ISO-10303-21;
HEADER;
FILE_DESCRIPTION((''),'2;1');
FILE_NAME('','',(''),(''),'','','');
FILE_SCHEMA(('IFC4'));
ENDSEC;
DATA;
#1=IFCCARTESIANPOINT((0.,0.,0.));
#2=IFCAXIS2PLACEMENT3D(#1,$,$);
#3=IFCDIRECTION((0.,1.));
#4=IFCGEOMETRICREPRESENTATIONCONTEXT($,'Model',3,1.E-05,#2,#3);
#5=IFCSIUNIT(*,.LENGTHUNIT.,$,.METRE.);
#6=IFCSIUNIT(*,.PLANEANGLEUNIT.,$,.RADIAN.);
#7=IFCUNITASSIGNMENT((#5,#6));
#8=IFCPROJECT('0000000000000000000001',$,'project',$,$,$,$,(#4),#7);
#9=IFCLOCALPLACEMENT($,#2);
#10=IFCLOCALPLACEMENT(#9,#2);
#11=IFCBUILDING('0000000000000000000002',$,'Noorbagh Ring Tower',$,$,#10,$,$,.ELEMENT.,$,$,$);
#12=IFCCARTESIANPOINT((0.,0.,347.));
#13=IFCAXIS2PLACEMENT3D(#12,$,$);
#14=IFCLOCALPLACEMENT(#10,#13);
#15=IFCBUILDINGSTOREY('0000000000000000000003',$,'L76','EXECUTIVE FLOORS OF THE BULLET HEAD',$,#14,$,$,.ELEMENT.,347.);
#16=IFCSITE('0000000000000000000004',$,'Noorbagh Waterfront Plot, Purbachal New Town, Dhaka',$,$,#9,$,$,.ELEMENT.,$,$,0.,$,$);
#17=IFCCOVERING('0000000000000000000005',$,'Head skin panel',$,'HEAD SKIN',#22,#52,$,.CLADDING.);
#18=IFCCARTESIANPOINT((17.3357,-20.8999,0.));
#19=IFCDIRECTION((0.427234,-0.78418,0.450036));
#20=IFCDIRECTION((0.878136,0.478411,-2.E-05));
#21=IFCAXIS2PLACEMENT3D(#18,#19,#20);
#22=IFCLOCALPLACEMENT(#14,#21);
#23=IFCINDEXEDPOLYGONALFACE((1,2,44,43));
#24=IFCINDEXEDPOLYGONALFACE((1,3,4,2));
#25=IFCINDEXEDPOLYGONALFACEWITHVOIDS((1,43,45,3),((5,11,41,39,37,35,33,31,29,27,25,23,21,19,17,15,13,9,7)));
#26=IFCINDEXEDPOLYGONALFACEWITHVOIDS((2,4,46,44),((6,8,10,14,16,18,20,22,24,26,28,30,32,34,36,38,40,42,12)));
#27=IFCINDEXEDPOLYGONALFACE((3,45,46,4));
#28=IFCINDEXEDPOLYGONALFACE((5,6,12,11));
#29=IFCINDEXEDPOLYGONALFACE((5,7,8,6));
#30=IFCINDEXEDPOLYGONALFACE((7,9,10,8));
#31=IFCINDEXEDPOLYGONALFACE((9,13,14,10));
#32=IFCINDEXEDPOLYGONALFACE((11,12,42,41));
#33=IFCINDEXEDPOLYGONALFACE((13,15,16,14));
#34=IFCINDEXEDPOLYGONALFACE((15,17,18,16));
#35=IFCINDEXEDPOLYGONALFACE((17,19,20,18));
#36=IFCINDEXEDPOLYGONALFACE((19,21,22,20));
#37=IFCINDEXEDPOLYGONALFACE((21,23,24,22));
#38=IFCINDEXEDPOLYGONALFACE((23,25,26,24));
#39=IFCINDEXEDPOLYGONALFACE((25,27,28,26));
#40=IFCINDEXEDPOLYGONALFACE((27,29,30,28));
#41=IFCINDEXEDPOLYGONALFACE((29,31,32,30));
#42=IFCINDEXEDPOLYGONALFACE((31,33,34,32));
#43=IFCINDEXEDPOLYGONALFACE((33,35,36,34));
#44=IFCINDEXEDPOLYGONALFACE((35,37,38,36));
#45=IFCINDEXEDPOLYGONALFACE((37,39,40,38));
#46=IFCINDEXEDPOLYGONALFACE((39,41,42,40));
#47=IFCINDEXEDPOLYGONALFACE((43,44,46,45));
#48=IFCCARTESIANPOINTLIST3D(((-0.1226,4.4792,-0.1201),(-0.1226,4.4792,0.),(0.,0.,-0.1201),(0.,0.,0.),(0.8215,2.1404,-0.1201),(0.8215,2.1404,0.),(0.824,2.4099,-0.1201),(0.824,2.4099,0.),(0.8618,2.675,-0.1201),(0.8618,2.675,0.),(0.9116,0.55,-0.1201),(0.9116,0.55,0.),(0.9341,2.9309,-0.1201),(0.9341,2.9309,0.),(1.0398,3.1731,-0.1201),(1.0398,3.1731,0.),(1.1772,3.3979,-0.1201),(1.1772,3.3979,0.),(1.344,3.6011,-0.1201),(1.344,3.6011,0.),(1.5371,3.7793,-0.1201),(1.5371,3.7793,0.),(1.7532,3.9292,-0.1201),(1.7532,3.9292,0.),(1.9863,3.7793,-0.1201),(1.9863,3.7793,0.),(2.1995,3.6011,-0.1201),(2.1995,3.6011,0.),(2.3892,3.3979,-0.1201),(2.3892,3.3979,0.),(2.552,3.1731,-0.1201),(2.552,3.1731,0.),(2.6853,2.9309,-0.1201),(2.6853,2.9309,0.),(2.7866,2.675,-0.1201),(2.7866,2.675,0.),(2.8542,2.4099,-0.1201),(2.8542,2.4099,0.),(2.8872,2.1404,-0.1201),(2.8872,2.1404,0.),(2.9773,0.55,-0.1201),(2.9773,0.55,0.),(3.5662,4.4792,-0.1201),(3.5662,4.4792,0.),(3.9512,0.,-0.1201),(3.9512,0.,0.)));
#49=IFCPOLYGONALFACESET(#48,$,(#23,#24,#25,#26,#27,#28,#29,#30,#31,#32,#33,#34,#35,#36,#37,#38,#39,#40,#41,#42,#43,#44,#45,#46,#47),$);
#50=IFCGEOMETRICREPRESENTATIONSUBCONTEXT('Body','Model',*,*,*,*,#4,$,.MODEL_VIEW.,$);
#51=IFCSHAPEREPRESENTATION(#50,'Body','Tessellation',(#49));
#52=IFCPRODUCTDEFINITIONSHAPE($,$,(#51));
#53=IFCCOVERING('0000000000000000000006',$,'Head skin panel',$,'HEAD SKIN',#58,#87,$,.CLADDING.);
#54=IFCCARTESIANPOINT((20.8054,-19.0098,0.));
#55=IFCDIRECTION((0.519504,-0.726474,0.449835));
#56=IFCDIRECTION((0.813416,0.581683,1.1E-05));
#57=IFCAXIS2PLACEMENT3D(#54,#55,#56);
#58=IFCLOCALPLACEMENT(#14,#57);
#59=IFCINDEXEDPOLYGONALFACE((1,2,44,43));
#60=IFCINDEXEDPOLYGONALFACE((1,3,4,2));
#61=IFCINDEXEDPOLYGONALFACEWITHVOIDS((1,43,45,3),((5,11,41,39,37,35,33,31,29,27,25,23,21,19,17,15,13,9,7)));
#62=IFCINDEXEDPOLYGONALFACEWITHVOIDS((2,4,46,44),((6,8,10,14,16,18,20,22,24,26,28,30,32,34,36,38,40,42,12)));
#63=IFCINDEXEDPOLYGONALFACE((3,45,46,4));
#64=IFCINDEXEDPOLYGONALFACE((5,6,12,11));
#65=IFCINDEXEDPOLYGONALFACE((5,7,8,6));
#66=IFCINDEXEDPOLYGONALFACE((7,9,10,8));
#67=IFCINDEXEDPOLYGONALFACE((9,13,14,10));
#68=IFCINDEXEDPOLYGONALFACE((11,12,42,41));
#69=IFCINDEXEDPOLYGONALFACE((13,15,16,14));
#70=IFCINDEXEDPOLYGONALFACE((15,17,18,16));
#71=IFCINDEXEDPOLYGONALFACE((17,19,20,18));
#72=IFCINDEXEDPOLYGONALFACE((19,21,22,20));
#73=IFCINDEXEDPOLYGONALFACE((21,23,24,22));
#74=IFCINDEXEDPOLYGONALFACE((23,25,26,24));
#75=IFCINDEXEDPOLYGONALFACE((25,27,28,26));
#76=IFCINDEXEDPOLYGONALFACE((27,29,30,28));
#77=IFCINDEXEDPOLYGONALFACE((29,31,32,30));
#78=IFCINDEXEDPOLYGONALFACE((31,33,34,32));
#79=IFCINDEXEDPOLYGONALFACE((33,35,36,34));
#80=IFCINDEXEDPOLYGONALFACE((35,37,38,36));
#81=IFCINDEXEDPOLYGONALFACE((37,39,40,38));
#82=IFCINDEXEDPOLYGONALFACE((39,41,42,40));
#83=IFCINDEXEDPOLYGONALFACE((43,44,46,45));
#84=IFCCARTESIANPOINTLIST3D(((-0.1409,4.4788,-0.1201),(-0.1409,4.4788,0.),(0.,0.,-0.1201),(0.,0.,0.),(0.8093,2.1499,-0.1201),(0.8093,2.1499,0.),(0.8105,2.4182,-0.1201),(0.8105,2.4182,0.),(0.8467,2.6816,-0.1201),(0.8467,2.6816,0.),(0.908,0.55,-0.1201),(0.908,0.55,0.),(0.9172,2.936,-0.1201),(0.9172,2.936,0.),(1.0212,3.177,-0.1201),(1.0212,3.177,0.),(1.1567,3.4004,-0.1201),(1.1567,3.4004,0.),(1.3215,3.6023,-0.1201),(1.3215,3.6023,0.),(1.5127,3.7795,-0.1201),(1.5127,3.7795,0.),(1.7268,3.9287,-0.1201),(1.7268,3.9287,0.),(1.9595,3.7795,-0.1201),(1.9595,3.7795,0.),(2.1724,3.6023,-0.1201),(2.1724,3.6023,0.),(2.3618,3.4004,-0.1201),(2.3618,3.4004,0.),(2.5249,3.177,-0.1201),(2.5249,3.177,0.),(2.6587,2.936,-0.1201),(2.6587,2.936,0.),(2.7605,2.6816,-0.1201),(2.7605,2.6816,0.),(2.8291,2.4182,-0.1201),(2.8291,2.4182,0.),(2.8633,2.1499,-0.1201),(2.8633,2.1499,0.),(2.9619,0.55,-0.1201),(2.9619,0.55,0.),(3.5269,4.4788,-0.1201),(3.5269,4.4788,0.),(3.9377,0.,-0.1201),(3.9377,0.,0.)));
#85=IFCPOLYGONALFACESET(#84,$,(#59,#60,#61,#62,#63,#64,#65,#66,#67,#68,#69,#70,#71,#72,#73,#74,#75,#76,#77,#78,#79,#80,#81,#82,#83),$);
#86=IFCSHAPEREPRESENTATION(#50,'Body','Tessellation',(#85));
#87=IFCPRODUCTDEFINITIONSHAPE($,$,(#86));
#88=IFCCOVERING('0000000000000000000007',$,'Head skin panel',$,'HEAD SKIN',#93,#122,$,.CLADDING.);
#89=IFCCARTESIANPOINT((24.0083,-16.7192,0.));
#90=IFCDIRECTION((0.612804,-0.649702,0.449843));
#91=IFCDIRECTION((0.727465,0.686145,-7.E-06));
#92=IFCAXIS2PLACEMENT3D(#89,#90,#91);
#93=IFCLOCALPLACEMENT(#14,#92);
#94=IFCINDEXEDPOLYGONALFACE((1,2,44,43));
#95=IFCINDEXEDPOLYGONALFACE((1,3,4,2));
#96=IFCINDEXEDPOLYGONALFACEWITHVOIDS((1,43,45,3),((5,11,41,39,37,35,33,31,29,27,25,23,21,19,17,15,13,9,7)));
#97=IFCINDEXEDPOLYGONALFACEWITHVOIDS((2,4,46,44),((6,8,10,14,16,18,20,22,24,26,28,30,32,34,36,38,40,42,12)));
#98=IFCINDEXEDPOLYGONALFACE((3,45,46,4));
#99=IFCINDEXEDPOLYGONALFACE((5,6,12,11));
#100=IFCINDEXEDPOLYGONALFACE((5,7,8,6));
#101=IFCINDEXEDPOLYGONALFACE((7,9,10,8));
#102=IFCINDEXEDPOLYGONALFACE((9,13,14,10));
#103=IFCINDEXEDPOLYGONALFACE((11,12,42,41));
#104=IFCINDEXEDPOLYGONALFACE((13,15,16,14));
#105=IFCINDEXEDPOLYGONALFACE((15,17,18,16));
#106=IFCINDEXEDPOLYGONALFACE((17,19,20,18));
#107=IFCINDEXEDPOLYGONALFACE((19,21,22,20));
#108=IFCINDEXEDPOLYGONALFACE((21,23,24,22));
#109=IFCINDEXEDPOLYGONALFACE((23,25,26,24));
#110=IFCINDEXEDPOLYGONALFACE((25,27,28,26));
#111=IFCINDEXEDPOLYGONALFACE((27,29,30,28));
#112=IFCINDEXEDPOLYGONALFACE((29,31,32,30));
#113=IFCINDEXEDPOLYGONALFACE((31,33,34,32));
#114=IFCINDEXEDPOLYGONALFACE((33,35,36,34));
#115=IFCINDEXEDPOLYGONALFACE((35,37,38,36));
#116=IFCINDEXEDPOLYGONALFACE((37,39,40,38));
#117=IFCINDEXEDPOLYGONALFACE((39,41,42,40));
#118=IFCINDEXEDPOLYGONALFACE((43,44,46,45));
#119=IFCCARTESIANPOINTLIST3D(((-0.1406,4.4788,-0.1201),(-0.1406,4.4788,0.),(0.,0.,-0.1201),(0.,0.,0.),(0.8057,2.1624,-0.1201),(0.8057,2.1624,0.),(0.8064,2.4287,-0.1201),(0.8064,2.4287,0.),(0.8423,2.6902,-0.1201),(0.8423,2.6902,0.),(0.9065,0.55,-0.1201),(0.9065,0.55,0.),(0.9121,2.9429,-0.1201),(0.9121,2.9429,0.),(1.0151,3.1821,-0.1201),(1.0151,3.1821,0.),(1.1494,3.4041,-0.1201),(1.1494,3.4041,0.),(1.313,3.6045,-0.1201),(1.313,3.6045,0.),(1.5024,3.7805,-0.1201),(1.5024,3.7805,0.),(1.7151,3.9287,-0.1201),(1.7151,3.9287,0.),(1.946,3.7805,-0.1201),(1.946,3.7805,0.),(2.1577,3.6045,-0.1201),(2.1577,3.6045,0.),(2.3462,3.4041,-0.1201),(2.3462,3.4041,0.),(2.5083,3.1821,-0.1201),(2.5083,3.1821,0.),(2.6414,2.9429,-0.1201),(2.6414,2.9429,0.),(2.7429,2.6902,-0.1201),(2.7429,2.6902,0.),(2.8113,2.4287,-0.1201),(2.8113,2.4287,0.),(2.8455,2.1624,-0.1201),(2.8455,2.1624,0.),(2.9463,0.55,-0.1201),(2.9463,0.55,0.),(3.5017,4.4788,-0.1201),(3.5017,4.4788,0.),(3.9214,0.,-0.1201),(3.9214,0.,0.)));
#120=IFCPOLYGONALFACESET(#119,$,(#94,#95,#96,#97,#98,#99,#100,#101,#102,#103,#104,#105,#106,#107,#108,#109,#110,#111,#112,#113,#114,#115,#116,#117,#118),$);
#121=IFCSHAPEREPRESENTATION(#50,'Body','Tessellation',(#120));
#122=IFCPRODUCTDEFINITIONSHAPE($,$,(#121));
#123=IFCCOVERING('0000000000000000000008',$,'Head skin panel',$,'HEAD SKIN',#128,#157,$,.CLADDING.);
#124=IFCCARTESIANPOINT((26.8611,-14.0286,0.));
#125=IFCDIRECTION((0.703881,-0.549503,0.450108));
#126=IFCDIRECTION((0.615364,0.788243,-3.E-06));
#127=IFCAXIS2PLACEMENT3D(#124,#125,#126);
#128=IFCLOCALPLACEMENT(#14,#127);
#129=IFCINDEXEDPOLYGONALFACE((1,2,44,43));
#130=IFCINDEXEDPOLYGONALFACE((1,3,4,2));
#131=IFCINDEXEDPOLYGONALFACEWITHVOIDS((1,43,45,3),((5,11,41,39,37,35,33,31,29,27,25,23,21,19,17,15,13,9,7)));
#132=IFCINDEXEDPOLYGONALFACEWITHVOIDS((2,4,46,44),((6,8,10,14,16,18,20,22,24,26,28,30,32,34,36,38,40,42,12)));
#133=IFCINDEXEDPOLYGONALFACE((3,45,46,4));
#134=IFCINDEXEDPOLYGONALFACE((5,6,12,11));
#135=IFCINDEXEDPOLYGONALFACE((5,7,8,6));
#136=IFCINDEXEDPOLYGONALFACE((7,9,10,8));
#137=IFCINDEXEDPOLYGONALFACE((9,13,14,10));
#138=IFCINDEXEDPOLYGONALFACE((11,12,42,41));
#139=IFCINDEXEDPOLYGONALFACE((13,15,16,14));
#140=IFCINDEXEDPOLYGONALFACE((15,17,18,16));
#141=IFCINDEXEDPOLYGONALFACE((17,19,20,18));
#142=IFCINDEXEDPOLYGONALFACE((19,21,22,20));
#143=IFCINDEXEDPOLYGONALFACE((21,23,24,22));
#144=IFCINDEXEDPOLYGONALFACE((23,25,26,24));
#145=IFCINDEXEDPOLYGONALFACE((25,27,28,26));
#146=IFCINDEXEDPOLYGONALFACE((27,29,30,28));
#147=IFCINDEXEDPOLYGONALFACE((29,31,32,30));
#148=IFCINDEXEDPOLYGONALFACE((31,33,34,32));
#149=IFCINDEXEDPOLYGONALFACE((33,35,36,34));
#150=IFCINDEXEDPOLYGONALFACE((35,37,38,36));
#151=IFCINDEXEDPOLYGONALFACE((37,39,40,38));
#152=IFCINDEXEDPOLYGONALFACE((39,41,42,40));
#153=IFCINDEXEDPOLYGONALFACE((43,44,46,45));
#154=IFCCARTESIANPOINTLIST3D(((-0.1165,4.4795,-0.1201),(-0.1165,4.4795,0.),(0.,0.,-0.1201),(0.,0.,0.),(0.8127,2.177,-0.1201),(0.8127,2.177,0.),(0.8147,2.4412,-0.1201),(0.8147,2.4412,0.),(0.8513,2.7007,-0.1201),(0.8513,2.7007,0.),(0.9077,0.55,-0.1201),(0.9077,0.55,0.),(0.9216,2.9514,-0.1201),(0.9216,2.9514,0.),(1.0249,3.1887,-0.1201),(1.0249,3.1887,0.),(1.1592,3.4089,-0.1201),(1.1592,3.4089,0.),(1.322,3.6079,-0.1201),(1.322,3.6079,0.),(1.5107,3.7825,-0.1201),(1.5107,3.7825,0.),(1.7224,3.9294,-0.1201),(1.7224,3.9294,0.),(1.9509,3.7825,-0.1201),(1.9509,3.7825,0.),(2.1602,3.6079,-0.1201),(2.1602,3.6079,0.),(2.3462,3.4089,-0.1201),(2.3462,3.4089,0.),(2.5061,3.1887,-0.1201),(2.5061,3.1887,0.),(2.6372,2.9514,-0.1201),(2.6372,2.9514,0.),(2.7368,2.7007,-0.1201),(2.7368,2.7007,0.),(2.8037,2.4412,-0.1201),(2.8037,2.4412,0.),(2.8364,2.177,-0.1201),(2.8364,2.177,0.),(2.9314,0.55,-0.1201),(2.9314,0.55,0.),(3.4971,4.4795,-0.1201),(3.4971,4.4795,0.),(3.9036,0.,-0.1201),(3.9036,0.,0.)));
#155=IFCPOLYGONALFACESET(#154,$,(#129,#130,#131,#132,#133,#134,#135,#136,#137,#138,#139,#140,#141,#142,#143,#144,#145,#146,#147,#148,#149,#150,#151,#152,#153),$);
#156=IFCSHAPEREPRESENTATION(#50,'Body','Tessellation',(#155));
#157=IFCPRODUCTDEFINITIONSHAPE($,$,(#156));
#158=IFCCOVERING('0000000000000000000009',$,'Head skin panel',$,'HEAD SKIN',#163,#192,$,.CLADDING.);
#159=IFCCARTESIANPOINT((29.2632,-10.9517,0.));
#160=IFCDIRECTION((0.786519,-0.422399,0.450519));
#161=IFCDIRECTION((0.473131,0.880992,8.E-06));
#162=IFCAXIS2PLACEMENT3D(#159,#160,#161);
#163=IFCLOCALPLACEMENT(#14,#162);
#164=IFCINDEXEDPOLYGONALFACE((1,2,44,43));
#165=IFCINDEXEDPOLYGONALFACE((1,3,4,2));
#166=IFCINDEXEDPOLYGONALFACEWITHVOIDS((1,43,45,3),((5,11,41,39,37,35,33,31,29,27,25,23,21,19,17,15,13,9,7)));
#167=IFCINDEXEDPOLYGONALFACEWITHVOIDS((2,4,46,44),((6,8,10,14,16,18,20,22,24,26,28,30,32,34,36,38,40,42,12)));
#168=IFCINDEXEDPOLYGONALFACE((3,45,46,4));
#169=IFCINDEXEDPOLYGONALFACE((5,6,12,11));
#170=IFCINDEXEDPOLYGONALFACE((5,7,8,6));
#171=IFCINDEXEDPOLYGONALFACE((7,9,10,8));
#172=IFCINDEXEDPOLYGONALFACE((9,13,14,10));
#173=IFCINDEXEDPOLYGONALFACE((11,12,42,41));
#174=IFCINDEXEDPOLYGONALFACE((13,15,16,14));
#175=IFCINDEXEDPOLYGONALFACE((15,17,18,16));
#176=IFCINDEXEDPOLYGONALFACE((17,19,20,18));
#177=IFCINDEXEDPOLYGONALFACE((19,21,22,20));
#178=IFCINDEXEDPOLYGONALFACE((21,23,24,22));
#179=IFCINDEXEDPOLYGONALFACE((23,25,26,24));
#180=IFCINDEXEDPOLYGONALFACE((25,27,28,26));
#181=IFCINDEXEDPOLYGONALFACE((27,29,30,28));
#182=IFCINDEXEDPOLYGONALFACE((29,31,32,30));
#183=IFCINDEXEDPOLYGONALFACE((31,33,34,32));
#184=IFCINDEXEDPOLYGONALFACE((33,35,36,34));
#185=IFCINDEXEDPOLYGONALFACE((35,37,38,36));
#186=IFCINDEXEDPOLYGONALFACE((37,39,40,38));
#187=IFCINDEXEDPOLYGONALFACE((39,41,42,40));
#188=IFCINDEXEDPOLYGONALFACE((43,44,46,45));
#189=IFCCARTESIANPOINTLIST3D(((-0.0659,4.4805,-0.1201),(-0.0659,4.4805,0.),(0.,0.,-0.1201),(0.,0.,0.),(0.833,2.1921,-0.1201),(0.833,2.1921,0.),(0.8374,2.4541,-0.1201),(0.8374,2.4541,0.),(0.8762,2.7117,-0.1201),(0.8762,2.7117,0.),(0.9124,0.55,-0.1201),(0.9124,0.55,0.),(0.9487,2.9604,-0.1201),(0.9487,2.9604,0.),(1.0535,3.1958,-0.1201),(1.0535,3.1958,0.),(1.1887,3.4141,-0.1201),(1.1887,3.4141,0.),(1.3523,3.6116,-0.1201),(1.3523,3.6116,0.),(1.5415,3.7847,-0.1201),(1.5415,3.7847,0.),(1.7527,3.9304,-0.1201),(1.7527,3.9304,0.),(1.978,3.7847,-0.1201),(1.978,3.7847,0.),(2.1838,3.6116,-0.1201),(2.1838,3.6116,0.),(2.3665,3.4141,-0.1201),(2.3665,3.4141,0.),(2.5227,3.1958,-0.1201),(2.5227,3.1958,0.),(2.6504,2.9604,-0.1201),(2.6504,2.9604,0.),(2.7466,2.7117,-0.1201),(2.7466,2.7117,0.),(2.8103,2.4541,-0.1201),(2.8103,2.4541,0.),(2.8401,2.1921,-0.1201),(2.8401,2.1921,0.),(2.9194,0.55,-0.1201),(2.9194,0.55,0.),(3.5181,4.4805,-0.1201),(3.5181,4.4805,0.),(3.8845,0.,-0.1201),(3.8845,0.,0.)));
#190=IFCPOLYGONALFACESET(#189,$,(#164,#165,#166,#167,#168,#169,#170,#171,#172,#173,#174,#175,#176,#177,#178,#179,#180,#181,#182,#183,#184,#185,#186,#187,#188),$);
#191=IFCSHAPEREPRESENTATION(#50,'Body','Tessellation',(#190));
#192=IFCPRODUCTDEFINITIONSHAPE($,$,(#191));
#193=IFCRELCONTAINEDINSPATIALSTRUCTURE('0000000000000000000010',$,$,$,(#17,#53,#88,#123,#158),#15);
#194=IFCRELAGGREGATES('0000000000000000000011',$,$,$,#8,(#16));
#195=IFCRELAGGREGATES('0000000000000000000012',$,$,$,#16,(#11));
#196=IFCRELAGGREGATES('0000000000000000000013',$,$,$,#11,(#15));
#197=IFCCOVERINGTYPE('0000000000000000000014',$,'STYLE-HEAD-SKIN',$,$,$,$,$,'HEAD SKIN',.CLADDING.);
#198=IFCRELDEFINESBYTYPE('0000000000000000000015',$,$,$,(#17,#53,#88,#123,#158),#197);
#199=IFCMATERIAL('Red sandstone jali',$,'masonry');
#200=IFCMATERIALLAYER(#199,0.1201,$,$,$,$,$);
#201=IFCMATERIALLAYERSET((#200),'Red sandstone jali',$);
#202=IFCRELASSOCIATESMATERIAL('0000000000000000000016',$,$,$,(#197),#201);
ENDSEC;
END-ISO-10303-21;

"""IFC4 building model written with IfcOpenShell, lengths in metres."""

from ifc_helpers import new_model, si_unit, direction, frame, origin, place, context, subcontext, project, spatial, polyline, outline, extrude, material, layer, layer_set, type_object, element, save


model = new_model("IFC4")

# Units and contexts
model_context = context("Model", 3, precision=1e-05, world=origin(), true_north=direction((0.0, 1.0)))
body_context = subcontext(model_context, "Body", "Model", "MODEL_VIEW")
ifc_project = project(units=[si_unit("LENGTHUNIT", "METRE"), si_unit("PLANEANGLEUNIT", "RADIAN")], contexts=[model_context])

# Site, building, storey
site_placement = place(None, origin())
site = spatial("IfcSite", under=ifc_project, at=site_placement, Name="Noorbagh Waterfront Plot, Purbachal New Town, Dhaka", CompositionType="ELEMENT", RefElevation=0.0)
building_placement = place(site_placement, origin())
building = spatial("IfcBuilding", under=site, at=building_placement, Name="Noorbagh Ring Tower", CompositionType="ELEMENT")
storey_placement = place(building_placement, frame((0.0, 0.0, 347.0)))
storey = spatial("IfcBuildingStorey", under=building, at=storey_placement, Name="L76", Description="EXECUTIVE FLOORS OF THE BULLET HEAD", CompositionType="ELEMENT", Elevation=347.0)

# Coverings
ifc_material_1 = material(Name="Red sandstone jali", Category="masonry")
ifc_layer_1 = layer(ifc_material_1, 0.1201)
ifc_layer_set_1 = layer_set([ifc_layer_1], Name="Red sandstone jali")
covering_type_1 = type_object("IfcCoveringType", Name="STYLE-HEAD-SKIN", ElementType="HEAD SKIN", PredefinedType="CLADDING", material=ifc_layer_set_1)
covering_1_placement = place(storey_placement, frame((17.3357, -20.8999, 0.0), z_axis=(0.427234, -0.78418, 0.450036), x_axis=(0.878136, 0.478411, -0.00002)))
element("IfcCovering", 1, at=covering_1_placement, inside=storey, type_object=covering_type_1, Name="Head skin panel", ObjectType="HEAD SKIN", PredefinedType="CLADDING", context=body_context, shape_type="SweptSolid", body=[
    extrude(outline(polyline([(0.0, 0.0), (3.9512, 0.0), (3.5662, 4.4792), (-0.1226, 4.4792), (0.0, 0.0)]), holes=[polyline([(0.9116, 0.55), (0.8215, 2.1404), (0.824, 2.4099), (0.8618, 2.675), (0.9341, 2.9309), (1.0398, 3.1731), (1.1772, 3.3979), (1.344, 3.6011), (1.5371, 3.7793), (1.7532, 3.9292), (1.9863, 3.7793), (2.1995, 3.6011), (2.3892, 3.3979), (2.552, 3.1731), (2.6853, 2.9309), (2.7866, 2.675), (2.8542, 2.4099), (2.8872, 2.1404), (2.9773, 0.55), (0.9116, 0.55)])]), origin(), (0.0, 0.0, -1.0), 0.1201),
])
covering_2_placement = place(storey_placement, frame((20.8054, -19.0098, 0.0), z_axis=(0.519504, -0.726474, 0.449835), x_axis=(0.813416, 0.581683, 0.000011)))
element("IfcCovering", 2, at=covering_2_placement, inside=storey, type_object=covering_type_1, Name="Head skin panel", ObjectType="HEAD SKIN", PredefinedType="CLADDING", context=body_context, shape_type="SweptSolid", body=[
    extrude(outline(polyline([(0.0, 0.0), (3.9377, 0.0), (3.5269, 4.4788), (-0.1409, 4.4788), (0.0, 0.0)]), holes=[polyline([(0.908, 0.55), (0.8093, 2.1499), (0.8105, 2.4182), (0.8467, 2.6816), (0.9172, 2.936), (1.0212, 3.177), (1.1567, 3.4004), (1.3215, 3.6023), (1.5127, 3.7795), (1.7268, 3.9287), (1.9595, 3.7795), (2.1724, 3.6023), (2.3618, 3.4004), (2.5249, 3.177), (2.6587, 2.936), (2.7605, 2.6816), (2.8291, 2.4182), (2.8633, 2.1499), (2.9619, 0.55), (0.908, 0.55)])]), origin(), (0.0, 0.0, -1.0), 0.1201),
])
covering_3_placement = place(storey_placement, frame((24.0083, -16.7192, 0.0), z_axis=(0.612804, -0.649702, 0.449843), x_axis=(0.727465, 0.686145, -0.000007)))
element("IfcCovering", 3, at=covering_3_placement, inside=storey, type_object=covering_type_1, Name="Head skin panel", ObjectType="HEAD SKIN", PredefinedType="CLADDING", context=body_context, shape_type="SweptSolid", body=[
    extrude(outline(polyline([(0.0, 0.0), (3.9214, 0.0), (3.5017, 4.4788), (-0.1406, 4.4788), (0.0, 0.0)]), holes=[polyline([(0.9065, 0.55), (0.8057, 2.1624), (0.8064, 2.4287), (0.8423, 2.6902), (0.9121, 2.9429), (1.0151, 3.1821), (1.1494, 3.4041), (1.313, 3.6045), (1.5024, 3.7805), (1.7151, 3.9287), (1.946, 3.7805), (2.1577, 3.6045), (2.3462, 3.4041), (2.5083, 3.1821), (2.6414, 2.9429), (2.7429, 2.6902), (2.8113, 2.4287), (2.8455, 2.1624), (2.9463, 0.55), (0.9065, 0.55)])]), origin(), (0.0, 0.0, -1.0), 0.1201),
])
covering_4_placement = place(storey_placement, frame((26.8611, -14.0286, 0.0), z_axis=(0.703881, -0.549503, 0.450108), x_axis=(0.615364, 0.788243, -0.000003)))
element("IfcCovering", 4, at=covering_4_placement, inside=storey, type_object=covering_type_1, Name="Head skin panel", ObjectType="HEAD SKIN", PredefinedType="CLADDING", context=body_context, shape_type="SweptSolid", body=[
    extrude(outline(polyline([(0.0, 0.0), (3.9036, 0.0), (3.4971, 4.4795), (-0.1165, 4.4795), (0.0, 0.0)]), holes=[polyline([(0.9077, 0.55), (0.8127, 2.177), (0.8147, 2.4412), (0.8513, 2.7007), (0.9216, 2.9514), (1.0249, 3.1887), (1.1592, 3.4089), (1.322, 3.6079), (1.5107, 3.7825), (1.7224, 3.9294), (1.9509, 3.7825), (2.1602, 3.6079), (2.3462, 3.4089), (2.5061, 3.1887), (2.6372, 2.9514), (2.7368, 2.7007), (2.8037, 2.4412), (2.8364, 2.177), (2.9314, 0.55), (0.9077, 0.55)])]), origin(), (0.0, 0.0, -1.0), 0.1201),
])
covering_5_placement = place(storey_placement, frame((29.2632, -10.9517, 0.0), z_axis=(0.786519, -0.422399, 0.450519), x_axis=(0.473131, 0.880992, 0.000008)))
element("IfcCovering", 5, at=covering_5_placement, inside=storey, type_object=covering_type_1, Name="Head skin panel", ObjectType="HEAD SKIN", PredefinedType="CLADDING", context=body_context, shape_type="SweptSolid", body=[
    extrude(outline(polyline([(0.0, 0.0), (3.8845, 0.0), (3.5181, 4.4805), (-0.0659, 4.4805), (0.0, 0.0)]), holes=[polyline([(0.9124, 0.55), (0.833, 2.1921), (0.8374, 2.4541), (0.8762, 2.7117), (0.9487, 2.9604), (1.0535, 3.1958), (1.1887, 3.4141), (1.3523, 3.6116), (1.5415, 3.7847), (1.7527, 3.9304), (1.978, 3.7847), (2.1838, 3.6116), (2.3665, 3.4141), (2.5227, 3.1958), (2.6504, 2.9604), (2.7466, 2.7117), (2.8103, 2.4541), (2.8401, 2.1921), (2.9194, 0.55), (0.9124, 0.55)])]), origin(), (0.0, 0.0, -1.0), 0.1201),
])

save(model, "model.ifc")
